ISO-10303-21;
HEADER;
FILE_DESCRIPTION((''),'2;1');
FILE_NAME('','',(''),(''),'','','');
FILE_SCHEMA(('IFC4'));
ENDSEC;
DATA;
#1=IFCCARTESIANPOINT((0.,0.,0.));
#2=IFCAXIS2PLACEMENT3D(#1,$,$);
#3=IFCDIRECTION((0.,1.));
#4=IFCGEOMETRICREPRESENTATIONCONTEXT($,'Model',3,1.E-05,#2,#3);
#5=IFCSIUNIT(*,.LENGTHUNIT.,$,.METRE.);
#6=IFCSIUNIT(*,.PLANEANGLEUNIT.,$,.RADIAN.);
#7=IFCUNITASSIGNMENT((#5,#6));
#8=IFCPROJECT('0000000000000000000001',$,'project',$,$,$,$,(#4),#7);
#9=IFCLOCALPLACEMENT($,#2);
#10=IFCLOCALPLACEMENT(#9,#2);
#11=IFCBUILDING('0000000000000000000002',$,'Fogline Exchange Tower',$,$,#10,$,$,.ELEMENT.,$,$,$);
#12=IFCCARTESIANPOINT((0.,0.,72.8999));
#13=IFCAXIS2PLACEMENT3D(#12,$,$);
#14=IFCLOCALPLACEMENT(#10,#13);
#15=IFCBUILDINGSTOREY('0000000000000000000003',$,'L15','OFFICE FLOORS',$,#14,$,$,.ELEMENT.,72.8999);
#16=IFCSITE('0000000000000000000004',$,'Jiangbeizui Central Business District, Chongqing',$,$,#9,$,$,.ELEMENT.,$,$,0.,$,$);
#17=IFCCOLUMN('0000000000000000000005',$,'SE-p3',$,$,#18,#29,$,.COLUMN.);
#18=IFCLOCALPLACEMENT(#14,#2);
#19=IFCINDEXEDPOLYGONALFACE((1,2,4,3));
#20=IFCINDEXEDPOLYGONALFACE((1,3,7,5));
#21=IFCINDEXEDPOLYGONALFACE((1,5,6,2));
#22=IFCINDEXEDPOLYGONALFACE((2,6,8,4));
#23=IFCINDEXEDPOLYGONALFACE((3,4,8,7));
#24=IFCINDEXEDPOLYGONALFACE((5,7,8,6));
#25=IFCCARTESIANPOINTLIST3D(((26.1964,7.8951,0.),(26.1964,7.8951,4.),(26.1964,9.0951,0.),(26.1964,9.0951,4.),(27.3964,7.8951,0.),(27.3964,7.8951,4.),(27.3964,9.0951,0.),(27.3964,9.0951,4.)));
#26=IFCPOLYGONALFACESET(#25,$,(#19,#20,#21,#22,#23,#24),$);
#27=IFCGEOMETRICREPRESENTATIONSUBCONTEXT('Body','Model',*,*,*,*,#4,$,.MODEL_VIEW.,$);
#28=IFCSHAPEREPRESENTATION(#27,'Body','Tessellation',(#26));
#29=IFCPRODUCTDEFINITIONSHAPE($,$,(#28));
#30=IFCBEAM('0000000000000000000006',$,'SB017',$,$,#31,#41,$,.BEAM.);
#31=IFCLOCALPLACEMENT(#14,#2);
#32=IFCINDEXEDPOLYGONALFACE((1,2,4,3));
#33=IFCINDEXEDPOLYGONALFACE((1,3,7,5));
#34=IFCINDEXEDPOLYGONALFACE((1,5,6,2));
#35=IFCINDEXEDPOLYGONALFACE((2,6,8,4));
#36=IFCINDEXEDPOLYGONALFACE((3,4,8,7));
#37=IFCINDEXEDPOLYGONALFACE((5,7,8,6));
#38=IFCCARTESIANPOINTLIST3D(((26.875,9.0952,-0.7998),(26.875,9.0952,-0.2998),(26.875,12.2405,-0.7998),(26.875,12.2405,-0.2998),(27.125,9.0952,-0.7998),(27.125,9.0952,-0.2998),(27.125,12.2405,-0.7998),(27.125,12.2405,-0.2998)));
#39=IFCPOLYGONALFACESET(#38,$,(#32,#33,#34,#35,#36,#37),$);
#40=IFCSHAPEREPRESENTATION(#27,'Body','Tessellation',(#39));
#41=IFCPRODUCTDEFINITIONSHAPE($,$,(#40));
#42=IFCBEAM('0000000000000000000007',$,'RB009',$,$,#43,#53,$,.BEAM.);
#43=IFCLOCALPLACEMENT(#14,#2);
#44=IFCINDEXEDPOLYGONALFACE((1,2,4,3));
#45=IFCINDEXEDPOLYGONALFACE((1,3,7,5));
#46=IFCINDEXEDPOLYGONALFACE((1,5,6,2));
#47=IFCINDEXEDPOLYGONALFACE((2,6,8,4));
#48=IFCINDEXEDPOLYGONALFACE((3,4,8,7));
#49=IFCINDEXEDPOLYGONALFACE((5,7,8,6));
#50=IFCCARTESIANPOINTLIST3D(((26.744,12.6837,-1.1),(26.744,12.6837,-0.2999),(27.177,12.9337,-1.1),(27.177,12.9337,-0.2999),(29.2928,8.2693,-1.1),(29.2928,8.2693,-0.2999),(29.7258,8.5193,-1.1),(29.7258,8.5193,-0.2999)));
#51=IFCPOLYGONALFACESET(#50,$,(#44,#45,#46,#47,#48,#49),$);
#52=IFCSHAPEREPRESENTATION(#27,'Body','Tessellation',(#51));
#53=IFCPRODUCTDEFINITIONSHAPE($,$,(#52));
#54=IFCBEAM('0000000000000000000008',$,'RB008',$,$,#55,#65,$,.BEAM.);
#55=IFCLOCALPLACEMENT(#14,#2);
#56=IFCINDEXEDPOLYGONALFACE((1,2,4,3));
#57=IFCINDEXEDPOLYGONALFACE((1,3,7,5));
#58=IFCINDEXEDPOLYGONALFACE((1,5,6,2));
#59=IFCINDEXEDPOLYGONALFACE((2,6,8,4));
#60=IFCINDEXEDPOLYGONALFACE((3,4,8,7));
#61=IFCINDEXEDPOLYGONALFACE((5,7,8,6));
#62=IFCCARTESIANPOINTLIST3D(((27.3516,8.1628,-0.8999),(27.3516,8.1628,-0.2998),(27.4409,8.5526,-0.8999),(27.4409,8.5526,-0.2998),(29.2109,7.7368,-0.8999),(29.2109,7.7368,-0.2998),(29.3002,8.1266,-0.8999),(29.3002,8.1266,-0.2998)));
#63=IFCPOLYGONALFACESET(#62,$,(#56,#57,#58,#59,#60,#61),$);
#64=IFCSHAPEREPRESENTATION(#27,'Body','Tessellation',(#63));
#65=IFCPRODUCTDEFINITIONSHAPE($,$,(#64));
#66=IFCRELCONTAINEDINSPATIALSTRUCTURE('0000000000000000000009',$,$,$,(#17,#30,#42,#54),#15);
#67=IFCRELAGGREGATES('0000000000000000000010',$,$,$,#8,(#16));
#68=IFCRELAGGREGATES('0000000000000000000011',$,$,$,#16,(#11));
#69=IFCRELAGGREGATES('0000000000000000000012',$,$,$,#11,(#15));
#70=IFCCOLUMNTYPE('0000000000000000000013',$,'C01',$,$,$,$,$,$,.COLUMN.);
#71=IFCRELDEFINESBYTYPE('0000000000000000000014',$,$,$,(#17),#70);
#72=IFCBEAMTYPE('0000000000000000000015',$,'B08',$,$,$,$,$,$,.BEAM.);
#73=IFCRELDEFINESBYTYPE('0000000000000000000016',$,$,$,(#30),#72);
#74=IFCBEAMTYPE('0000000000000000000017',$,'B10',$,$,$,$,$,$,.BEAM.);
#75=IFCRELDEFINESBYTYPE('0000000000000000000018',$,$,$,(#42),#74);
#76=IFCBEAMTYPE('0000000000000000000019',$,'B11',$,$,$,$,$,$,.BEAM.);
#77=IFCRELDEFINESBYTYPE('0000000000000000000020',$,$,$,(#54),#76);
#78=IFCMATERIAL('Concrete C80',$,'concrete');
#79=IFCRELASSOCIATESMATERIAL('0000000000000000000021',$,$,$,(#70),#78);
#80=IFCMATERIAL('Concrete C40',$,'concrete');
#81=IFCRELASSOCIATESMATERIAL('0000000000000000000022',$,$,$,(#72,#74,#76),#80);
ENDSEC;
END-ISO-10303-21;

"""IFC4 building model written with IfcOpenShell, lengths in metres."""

from ifc_helpers import new_model, si_unit, direction, frame, origin, origin_2d, place, context, subcontext, project, spatial, rectangle, extrude, material, material_profile, profile_set, type_object, element, save


model = new_model("IFC4")

# Units and contexts
model_context = context("Model", 3, precision=1e-05, world=origin(), true_north=direction((0.0, 1.0)))
body_context = subcontext(model_context, "Body", "Model", "MODEL_VIEW")
ifc_project = project(units=[si_unit("LENGTHUNIT", "METRE"), si_unit("PLANEANGLEUNIT", "RADIAN")], contexts=[model_context])

# Site, building, storey
site_placement = place(None, origin())
site = spatial("IfcSite", under=ifc_project, at=site_placement, Name="Jiangbeizui Central Business District, Chongqing", CompositionType="ELEMENT", RefElevation=0.0)
building_placement = place(site_placement, origin())
building = spatial("IfcBuilding", under=site, at=building_placement, Name="Fogline Exchange Tower", CompositionType="ELEMENT")
storey_placement = place(building_placement, frame((0.0, 0.0, 72.8999)))
storey = spatial("IfcBuildingStorey", under=building, at=storey_placement, Name="L15", Description="OFFICE FLOORS", CompositionType="ELEMENT", Elevation=72.8999)

# Column
ifc_material_1 = material(Name="Concrete C80", Category="concrete")
ifc_material_profile_1 = material_profile(ifc_material_1, rectangle(XDim=1.2, YDim=1.2, at=origin_2d()), Name="RC 1200x1200")
ifc_profile_set_1 = profile_set([ifc_material_profile_1], Name="Concrete C80")
column_type = type_object("IfcColumnType", Name="C01", PredefinedType="COLUMN", material=ifc_profile_set_1)
column_placement = place(storey_placement, frame((26.7964, 8.4951, 0.0), z_axis=(0.0, 0.0, 1.0), x_axis=(1.0, 0.0, 0.0)))
element("IfcColumn", 1, at=column_placement, inside=storey, type_object=column_type, Name="SE-p3", PredefinedType="COLUMN", context=body_context, shape_type="SweptSolid", body=[
    extrude(rectangle(XDim=1.2, YDim=1.2, at=origin_2d()), origin(), (0.0, 0.0, 1.0), 4.0),
])

# Beams
ifc_material_2 = material(Name="Concrete C40", Category="concrete")
ifc_material_profile_2 = material_profile(ifc_material_2, rectangle(XDim=0.25, YDim=0.5, at=origin_2d()), Name="RC 250x500")
ifc_profile_set_2 = profile_set([ifc_material_profile_2], Name="Concrete C40")
beam_type_1 = type_object("IfcBeamType", Name="B08", PredefinedType="BEAM", material=ifc_profile_set_2)
beam_1_placement = place(storey_placement, frame((27.0, 9.0952, -0.5498), z_axis=(0.0, 1.0, 0.0), x_axis=(-1.0, 0.0, 0.0)))
element("IfcBeam", 2, at=beam_1_placement, inside=storey, type_object=beam_type_1, Name="SB017", PredefinedType="BEAM", context=body_context, shape_type="SweptSolid", body=[
    extrude(rectangle(XDim=0.25, YDim=0.5, at=origin_2d()), origin(), (0.0, 0.0, 1.0), 3.1453),
])
ifc_material_profile_3 = material_profile(ifc_material_2, rectangle(XDim=0.5, YDim=0.8, at=origin_2d()), Name="RC 500x800")
ifc_profile_set_3 = profile_set([ifc_material_profile_3], Name="Concrete C40")
beam_type_2 = type_object("IfcBeamType", Name="B10", PredefinedType="BEAM", material=ifc_profile_set_3)
beam_2_placement = place(storey_placement, frame((29.5093, 8.3943, -0.7), z_axis=(-0.500013, 0.866018, 0.0), x_axis=(-0.866018, -0.500013, 0.0)))
element("IfcBeam", 3, at=beam_2_placement, inside=storey, type_object=beam_type_2, Name="RB009", PredefinedType="BEAM", context=body_context, shape_type="SweptSolid", body=[
    extrude(rectangle(XDim=0.5, YDim=0.8, at=origin_2d()), origin(), (0.0, 0.0, 1.0), 5.0974),
])
ifc_material_profile_4 = material_profile(ifc_material_2, rectangle(XDim=0.3999, YDim=0.6001, at=origin_2d()), Name="RC 400x600")
ifc_profile_set_4 = profile_set([ifc_material_profile_4], Name="Concrete C40")
beam_type_3 = type_object("IfcBeamType", Name="B11", PredefinedType="BEAM", material=ifc_profile_set_4)
beam_3_placement = place(storey_placement, frame((27.3962, 8.3577, -0.5999), z_axis=(0.974742, -0.223336, 0.0), x_axis=(0.223336, 0.974742, 0.0)))
element("IfcBeam", 4, at=beam_3_placement, inside=storey, type_object=beam_type_3, Name="RB008", PredefinedType="BEAM", context=body_context, shape_type="SweptSolid", body=[
    extrude(rectangle(XDim=0.3999, YDim=0.6001, at=origin_2d()), origin(), (0.0, 0.0, 1.0), 1.9075),
])

save(model, "model.ifc")
